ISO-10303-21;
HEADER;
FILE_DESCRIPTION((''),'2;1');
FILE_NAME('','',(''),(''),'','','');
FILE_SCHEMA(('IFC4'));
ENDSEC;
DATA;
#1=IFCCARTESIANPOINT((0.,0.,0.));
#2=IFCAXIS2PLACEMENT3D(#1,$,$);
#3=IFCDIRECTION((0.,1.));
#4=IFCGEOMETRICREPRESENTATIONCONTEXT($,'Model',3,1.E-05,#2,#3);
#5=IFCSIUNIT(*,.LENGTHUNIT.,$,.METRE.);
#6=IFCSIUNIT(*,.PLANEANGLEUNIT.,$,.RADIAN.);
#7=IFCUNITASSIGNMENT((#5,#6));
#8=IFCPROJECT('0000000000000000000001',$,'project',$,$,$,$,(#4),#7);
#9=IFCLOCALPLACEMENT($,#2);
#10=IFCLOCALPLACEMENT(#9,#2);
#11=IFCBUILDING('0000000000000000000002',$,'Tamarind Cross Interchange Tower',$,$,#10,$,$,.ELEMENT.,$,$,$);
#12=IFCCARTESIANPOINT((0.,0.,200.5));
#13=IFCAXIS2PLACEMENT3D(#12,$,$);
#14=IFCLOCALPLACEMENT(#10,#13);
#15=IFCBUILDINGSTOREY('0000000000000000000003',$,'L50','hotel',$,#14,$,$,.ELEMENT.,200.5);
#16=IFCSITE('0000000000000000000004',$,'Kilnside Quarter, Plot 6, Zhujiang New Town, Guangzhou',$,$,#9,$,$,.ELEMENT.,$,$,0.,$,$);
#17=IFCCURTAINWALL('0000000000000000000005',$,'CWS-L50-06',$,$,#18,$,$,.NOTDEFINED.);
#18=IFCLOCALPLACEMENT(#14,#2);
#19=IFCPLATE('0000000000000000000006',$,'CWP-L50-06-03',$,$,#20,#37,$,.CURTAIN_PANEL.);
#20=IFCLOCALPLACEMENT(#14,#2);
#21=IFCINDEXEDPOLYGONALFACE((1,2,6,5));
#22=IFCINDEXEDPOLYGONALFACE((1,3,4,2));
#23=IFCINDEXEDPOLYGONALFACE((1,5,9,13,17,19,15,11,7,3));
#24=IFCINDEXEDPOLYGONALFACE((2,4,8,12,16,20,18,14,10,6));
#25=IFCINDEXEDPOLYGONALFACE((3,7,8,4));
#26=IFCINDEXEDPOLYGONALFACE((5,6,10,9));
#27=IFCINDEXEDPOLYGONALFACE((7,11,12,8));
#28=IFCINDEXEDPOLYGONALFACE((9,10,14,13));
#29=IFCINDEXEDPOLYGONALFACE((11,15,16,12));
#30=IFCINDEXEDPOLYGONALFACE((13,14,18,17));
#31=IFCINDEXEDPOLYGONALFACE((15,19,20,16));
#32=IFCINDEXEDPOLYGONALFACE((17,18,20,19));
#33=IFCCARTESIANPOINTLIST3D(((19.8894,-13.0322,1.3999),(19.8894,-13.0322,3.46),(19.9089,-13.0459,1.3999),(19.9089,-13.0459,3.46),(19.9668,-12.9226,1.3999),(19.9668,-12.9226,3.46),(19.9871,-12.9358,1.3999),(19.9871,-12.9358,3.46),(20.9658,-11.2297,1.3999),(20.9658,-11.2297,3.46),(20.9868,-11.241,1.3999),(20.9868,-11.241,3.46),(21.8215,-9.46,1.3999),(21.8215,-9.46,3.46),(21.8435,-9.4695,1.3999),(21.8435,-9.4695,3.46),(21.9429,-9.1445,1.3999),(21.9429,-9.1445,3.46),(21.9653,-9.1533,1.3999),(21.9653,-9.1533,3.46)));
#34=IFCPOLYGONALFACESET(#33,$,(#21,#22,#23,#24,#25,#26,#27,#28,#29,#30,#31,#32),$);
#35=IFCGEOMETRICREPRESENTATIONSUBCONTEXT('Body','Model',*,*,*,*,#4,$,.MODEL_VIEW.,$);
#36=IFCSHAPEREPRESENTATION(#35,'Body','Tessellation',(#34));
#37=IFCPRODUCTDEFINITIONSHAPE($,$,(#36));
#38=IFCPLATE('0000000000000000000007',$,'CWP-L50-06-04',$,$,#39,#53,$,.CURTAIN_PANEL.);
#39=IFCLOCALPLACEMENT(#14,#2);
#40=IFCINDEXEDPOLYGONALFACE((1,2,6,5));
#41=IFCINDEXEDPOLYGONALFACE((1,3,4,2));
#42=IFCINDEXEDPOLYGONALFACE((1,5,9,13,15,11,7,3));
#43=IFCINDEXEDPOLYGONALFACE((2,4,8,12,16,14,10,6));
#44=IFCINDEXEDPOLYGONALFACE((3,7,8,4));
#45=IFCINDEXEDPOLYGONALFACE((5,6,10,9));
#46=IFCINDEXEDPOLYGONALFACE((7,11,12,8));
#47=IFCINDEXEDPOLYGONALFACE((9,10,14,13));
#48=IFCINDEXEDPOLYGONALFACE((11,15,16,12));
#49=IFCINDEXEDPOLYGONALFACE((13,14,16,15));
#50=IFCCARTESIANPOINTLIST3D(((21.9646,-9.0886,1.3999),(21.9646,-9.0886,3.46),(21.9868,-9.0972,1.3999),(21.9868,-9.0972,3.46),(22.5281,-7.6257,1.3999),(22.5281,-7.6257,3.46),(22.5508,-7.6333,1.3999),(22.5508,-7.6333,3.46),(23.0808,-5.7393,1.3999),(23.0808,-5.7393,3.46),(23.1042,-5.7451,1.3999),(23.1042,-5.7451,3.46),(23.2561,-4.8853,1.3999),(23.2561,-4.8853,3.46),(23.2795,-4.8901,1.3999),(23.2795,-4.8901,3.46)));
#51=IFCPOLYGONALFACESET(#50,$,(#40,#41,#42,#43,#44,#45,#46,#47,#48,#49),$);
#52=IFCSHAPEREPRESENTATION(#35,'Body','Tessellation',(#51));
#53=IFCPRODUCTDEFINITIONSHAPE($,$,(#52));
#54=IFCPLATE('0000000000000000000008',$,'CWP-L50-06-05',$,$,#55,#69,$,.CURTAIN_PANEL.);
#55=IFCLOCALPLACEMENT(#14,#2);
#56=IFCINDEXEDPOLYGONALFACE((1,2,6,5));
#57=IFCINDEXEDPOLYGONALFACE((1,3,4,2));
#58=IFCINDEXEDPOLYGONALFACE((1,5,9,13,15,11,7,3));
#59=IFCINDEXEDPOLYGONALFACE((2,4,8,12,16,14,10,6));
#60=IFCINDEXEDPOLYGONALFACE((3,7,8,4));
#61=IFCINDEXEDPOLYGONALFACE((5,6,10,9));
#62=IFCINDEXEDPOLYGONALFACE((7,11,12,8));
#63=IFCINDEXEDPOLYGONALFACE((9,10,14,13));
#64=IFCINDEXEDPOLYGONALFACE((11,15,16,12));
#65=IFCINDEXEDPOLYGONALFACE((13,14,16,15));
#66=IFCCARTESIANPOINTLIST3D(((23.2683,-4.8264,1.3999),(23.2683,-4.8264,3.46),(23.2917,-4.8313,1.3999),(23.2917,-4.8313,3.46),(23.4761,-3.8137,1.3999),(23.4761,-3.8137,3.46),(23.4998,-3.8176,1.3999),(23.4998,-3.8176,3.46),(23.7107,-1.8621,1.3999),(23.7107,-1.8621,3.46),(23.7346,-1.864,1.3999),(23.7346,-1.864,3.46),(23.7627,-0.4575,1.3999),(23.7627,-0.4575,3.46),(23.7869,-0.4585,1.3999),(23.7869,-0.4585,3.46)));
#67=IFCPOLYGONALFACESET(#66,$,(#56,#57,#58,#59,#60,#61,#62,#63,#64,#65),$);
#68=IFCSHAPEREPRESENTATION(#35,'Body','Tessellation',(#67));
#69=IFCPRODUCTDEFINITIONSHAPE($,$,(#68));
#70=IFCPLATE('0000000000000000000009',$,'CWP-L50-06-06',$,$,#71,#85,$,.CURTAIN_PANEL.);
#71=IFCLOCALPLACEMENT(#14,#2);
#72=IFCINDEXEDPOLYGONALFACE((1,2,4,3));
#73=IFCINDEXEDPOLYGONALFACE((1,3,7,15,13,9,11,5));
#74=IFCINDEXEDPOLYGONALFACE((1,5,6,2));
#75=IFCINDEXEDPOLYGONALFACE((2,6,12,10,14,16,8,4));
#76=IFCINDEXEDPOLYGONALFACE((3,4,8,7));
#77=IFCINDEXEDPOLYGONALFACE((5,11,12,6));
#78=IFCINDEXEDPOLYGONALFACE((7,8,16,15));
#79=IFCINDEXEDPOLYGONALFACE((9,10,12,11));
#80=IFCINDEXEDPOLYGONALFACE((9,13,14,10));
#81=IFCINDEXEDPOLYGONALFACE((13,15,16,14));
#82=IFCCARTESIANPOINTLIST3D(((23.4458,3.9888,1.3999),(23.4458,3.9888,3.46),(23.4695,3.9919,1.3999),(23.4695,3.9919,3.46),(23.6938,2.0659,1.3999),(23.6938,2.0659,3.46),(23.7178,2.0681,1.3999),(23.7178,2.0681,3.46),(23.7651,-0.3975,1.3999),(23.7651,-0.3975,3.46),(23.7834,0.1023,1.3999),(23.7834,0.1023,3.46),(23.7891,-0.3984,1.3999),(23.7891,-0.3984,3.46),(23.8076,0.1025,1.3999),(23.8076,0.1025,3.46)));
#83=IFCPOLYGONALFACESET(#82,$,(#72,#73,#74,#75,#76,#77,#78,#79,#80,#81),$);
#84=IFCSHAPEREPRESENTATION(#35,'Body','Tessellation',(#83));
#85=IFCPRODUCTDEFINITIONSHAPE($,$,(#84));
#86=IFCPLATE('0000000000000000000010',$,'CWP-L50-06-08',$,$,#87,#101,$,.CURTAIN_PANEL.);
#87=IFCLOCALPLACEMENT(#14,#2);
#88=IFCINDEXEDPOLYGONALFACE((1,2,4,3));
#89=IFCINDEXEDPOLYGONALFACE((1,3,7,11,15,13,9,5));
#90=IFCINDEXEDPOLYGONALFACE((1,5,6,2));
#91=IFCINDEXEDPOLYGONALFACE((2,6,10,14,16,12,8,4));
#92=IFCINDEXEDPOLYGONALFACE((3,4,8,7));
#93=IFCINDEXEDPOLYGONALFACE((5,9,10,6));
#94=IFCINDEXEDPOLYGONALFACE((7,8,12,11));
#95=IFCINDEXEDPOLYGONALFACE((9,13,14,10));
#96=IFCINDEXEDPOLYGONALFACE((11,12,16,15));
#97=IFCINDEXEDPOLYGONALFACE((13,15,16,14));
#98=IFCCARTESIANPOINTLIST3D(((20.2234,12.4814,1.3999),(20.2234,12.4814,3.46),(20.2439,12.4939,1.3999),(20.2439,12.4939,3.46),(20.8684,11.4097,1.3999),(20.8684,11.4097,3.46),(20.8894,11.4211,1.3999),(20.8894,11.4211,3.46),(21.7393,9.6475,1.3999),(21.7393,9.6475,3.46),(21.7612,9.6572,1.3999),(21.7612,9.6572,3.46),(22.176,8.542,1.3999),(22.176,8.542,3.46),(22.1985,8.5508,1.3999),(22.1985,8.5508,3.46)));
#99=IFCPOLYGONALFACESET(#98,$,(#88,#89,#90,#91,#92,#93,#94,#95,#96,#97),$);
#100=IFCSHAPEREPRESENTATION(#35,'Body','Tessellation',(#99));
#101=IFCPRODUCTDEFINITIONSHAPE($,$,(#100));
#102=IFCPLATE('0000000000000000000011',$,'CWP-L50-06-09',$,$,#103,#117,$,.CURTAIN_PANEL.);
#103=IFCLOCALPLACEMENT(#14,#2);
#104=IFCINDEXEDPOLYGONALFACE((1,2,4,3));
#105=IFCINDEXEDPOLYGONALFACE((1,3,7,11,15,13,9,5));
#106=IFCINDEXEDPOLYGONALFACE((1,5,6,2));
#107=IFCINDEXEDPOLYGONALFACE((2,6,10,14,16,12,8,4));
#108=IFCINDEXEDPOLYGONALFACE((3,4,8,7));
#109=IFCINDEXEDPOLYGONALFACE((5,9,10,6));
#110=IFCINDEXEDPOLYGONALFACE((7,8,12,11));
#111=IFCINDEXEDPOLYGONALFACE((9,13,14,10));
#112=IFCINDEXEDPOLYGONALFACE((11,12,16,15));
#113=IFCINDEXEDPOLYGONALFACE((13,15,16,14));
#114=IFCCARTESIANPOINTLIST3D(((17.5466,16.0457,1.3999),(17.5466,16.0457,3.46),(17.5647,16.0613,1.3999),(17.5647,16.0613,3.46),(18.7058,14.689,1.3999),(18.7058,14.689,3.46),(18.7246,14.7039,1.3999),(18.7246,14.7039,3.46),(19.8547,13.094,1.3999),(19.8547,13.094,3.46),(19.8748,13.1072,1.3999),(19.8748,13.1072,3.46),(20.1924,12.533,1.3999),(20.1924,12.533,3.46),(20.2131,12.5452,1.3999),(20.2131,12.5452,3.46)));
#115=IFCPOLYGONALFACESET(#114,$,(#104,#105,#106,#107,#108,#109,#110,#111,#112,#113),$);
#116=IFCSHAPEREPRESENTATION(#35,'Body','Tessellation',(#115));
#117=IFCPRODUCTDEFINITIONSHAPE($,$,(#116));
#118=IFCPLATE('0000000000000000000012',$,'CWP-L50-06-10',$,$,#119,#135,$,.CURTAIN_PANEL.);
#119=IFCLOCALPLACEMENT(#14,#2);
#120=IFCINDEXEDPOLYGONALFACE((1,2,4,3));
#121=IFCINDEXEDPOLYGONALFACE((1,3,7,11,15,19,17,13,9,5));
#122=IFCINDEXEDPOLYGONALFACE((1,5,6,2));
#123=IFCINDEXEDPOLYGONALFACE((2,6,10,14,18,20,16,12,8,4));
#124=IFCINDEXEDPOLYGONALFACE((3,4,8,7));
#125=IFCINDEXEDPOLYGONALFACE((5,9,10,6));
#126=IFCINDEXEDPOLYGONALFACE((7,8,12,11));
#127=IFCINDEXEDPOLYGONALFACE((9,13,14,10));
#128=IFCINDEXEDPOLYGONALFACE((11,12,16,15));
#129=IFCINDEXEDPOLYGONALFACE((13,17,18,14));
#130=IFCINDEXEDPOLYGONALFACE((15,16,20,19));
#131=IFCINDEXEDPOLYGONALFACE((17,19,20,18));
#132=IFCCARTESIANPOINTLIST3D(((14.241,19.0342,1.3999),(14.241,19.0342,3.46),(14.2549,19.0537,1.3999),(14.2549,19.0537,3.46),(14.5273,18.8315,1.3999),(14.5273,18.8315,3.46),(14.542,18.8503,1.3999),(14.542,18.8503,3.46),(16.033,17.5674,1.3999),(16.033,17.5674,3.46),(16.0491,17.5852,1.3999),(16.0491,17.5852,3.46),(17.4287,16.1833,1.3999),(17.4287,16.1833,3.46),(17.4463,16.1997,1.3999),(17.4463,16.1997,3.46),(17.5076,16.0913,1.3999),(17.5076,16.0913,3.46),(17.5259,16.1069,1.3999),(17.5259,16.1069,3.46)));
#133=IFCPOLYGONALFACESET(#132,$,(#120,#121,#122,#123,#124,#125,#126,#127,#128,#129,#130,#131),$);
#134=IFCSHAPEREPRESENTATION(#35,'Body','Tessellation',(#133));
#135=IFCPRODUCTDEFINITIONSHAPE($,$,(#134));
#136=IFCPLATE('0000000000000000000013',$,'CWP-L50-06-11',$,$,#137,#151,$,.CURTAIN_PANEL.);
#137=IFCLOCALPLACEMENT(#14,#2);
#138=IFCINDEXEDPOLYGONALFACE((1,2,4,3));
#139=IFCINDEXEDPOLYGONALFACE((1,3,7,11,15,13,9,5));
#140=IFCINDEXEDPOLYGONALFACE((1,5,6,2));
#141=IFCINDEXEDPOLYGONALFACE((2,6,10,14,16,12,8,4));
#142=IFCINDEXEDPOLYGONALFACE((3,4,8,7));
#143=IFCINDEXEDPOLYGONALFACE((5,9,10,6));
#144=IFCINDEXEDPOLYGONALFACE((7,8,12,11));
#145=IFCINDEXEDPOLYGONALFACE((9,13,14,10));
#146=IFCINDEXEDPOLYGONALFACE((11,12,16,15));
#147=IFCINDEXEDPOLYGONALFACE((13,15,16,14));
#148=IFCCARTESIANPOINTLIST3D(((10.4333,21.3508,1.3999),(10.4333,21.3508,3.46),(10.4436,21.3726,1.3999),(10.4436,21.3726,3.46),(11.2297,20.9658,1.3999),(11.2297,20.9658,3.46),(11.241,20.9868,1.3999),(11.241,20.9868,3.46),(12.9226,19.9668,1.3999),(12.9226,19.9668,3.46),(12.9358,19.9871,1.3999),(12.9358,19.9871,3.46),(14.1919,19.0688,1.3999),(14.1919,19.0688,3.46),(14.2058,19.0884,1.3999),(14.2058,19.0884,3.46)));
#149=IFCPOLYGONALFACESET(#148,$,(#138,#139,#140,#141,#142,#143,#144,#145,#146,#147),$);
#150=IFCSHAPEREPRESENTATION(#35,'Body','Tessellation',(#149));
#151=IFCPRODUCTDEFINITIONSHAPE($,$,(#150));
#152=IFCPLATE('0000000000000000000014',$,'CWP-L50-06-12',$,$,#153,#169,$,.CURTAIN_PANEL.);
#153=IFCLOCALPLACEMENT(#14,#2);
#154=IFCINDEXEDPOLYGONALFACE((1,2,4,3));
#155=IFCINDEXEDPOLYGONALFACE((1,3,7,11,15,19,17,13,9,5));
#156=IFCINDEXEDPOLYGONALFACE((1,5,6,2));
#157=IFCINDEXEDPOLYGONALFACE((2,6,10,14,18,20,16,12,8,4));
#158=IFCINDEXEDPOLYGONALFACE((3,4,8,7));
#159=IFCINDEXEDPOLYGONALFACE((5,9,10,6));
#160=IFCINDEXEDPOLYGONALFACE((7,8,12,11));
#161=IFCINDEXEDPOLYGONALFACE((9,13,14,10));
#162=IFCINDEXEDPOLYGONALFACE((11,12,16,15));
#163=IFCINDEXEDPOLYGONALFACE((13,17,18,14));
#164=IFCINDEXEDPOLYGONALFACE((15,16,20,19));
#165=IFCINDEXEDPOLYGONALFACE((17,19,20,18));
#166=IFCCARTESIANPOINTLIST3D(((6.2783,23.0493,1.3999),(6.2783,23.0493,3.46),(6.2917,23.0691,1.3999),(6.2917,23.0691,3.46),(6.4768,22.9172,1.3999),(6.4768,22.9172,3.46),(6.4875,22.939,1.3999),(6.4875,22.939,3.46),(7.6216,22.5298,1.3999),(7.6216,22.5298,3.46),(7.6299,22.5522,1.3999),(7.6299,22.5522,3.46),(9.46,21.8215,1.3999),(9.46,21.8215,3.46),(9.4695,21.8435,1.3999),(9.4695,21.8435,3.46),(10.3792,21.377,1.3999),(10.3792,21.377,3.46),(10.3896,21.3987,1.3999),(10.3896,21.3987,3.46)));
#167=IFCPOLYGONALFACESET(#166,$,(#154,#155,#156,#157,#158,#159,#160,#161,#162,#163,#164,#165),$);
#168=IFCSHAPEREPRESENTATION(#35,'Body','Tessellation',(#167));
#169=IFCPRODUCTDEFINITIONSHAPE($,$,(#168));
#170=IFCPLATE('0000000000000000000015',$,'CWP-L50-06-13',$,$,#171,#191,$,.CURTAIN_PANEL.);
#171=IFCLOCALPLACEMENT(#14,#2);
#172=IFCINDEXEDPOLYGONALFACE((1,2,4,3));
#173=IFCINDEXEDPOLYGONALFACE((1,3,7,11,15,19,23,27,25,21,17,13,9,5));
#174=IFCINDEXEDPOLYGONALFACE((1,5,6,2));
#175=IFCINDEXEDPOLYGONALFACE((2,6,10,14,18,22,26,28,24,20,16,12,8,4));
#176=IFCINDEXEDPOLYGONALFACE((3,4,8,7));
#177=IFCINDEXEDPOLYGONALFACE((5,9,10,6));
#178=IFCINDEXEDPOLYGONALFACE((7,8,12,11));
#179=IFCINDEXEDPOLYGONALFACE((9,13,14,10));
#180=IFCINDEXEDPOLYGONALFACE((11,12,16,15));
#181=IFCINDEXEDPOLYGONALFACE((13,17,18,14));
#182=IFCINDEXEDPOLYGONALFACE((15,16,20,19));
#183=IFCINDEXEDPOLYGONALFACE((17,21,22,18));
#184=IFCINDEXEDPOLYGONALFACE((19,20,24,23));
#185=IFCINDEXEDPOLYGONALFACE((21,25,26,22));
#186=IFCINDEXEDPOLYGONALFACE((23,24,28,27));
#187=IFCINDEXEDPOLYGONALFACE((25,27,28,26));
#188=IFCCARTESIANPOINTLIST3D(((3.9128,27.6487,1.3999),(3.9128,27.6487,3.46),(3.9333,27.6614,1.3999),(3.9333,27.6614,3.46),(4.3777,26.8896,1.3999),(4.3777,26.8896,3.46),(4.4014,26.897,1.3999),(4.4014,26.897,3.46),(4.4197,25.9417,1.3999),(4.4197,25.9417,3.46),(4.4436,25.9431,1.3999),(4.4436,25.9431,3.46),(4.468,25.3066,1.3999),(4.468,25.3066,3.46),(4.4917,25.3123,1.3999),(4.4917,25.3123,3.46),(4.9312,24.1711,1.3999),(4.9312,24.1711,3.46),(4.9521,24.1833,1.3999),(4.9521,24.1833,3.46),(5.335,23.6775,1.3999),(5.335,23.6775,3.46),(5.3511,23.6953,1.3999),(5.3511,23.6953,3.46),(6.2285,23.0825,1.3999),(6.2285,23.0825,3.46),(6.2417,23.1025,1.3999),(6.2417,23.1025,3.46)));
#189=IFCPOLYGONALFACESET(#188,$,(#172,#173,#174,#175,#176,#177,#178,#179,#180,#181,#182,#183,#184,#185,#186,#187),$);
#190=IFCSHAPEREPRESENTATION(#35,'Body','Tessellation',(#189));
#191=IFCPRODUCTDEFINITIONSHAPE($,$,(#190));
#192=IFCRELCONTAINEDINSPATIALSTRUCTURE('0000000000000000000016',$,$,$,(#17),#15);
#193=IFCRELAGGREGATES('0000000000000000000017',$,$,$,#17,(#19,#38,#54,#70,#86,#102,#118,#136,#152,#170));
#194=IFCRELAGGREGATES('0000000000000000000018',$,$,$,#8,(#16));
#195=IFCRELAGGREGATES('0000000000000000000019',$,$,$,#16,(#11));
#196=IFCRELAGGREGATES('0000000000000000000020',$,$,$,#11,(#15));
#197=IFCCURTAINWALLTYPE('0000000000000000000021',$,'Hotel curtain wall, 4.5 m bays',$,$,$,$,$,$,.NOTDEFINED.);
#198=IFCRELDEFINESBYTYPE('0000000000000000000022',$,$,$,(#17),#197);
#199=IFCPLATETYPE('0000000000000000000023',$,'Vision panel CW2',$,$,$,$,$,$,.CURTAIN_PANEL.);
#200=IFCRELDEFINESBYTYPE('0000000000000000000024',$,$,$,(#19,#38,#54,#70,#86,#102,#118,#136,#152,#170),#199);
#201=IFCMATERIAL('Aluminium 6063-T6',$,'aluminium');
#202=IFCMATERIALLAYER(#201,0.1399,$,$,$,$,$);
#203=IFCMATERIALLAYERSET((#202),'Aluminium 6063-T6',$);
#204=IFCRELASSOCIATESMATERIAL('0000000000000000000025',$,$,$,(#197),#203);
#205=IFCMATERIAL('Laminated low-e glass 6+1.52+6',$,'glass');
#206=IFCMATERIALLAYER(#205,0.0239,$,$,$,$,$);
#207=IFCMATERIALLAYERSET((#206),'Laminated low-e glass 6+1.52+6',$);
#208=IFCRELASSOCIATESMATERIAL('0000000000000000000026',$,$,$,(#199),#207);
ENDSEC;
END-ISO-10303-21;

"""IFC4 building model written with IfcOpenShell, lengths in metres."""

from ifc_helpers import new_model, si_unit, direction, frame, origin, place, context, subcontext, project, spatial, polyline, outline, extrude, material, layer, layer_set, type_object, element, aggregate, save


model = new_model("IFC4")

# Units and contexts
model_context = context("Model", 3, precision=1e-05, world=origin(), true_north=direction((0.0, 1.0)))
body_context = subcontext(model_context, "Body", "Model", "MODEL_VIEW")
ifc_project = project(units=[si_unit("LENGTHUNIT", "METRE"), si_unit("PLANEANGLEUNIT", "RADIAN")], contexts=[model_context])

# Site, building, storey
site_placement = place(None, origin())
site = spatial("IfcSite", under=ifc_project, at=site_placement, Name="Kilnside Quarter, Plot 6, Zhujiang New Town, Guangzhou", CompositionType="ELEMENT", RefElevation=0.0)
building_placement = place(site_placement, origin())
building = spatial("IfcBuilding", under=site, at=building_placement, Name="Tamarind Cross Interchange Tower", CompositionType="ELEMENT")
storey_placement = place(building_placement, frame((0.0, 0.0, 200.5)))
storey = spatial("IfcBuildingStorey", under=building, at=storey_placement, Name="L50", Description="hotel", CompositionType="ELEMENT", Elevation=200.5)

# Curtain wall, plates
ifc_material_1 = material(Name="Aluminium 6063-T6", Category="aluminium")
ifc_layer_1 = layer(ifc_material_1, 0.1399)
ifc_layer_set_1 = layer_set([ifc_layer_1], Name="Aluminium 6063-T6")
curtain_wall_type = type_object("IfcCurtainWallType", Name="Hotel curtain wall, 4.5 m bays", PredefinedType="NOTDEFINED", material=ifc_layer_set_1)
curtain_wall_1_placement = place(storey_placement, origin())
curtain_wall_1 = element("IfcCurtainWall", 1, at=curtain_wall_1_placement, inside=storey, type_object=curtain_wall_type, Name="CWS-L50-06", PredefinedType="NOTDEFINED")
ifc_material_2 = material(Name="Laminated low-e glass 6+1.52+6", Category="glass")
ifc_layer_2 = layer(ifc_material_2, 0.0239)
ifc_layer_set_2 = layer_set([ifc_layer_2], Name="Laminated low-e glass 6+1.52+6")
plate_type = type_object("IfcPlateType", Name="Vision panel CW2", PredefinedType="CURTAIN_PANEL", material=ifc_layer_set_2)
plate_1_placement = place(storey_placement, frame((0.0, 0.0, 1.3999)))
plate_1 = element("IfcPlate", 2, at=plate_1_placement, type_object=plate_type, Name="CWP-L50-06-03", PredefinedType="CURTAIN_PANEL", context=body_context, shape_type="SweptSolid", body=[
    extrude(outline(polyline([(19.8894, -13.0322), (19.9668, -12.9226), (20.9658, -11.2297), (21.8215, -9.46), (21.9429, -9.1445), (21.9653, -9.1533), (21.8435, -9.4695), (20.9868, -11.241), (19.9871, -12.9358), (19.9089, -13.0459), (19.8894, -13.0322)])), origin(), (0.0, 0.0, 1.0), 2.0601),
])
plate_2_placement = place(storey_placement, frame((0.0, 0.0, 1.3999)))
plate_2 = element("IfcPlate", 3, at=plate_2_placement, type_object=plate_type, Name="CWP-L50-06-04", PredefinedType="CURTAIN_PANEL", context=body_context, shape_type="SweptSolid", body=[
    extrude(outline(polyline([(21.9646, -9.0886), (22.5281, -7.6257), (23.0808, -5.7393), (23.2561, -4.8853), (23.2795, -4.8901), (23.1042, -5.7451), (22.5508, -7.6333), (21.9868, -9.0972), (21.9646, -9.0886)])), origin(), (0.0, 0.0, 1.0), 2.0601),
])
plate_3_placement = place(storey_placement, frame((0.0, 0.0, 1.3999)))
plate_3 = element("IfcPlate", 4, at=plate_3_placement, type_object=plate_type, Name="CWP-L50-06-05", PredefinedType="CURTAIN_PANEL", context=body_context, shape_type="SweptSolid", body=[
    extrude(outline(polyline([(23.2683, -4.8264), (23.4761, -3.8137), (23.7107, -1.8621), (23.7627, -0.4575), (23.7869, -0.4585), (23.7346, -1.864), (23.4998, -3.8176), (23.2917, -4.8313), (23.2683, -4.8264)])), origin(), (0.0, 0.0, 1.0), 2.0601),
])
plate_4_placement = place(storey_placement, frame((0.0, 0.0, 1.3999)))
plate_4 = element("IfcPlate", 5, at=plate_4_placement, type_object=plate_type, Name="CWP-L50-06-06", PredefinedType="CURTAIN_PANEL", context=body_context, shape_type="SweptSolid", body=[
    extrude(outline(polyline([(23.7651, -0.3975), (23.7834, 0.1023), (23.6938, 2.0659), (23.4458, 3.9888), (23.4695, 3.9919), (23.7178, 2.0681), (23.8076, 0.1025), (23.7891, -0.3984), (23.7651, -0.3975)])), origin(), (0.0, 0.0, 1.0), 2.0601),
])
plate_5_placement = place(storey_placement, frame((0.0, 0.0, 1.3999)))
plate_5 = element("IfcPlate", 6, at=plate_5_placement, type_object=plate_type, Name="CWP-L50-06-08", PredefinedType="CURTAIN_PANEL", context=body_context, shape_type="SweptSolid", body=[
    extrude(outline(polyline([(22.176, 8.542), (21.7393, 9.6475), (20.8684, 11.4097), (20.2234, 12.4814), (20.2439, 12.4939), (20.8894, 11.4211), (21.7612, 9.6572), (22.1985, 8.5508), (22.176, 8.542)])), origin(), (0.0, 0.0, 1.0), 2.0601),
])
plate_6_placement = place(storey_placement, frame((0.0, 0.0, 1.3999)))
plate_6 = element("IfcPlate", 7, at=plate_6_placement, type_object=plate_type, Name="CWP-L50-06-09", PredefinedType="CURTAIN_PANEL", context=body_context, shape_type="SweptSolid", body=[
    extrude(outline(polyline([(20.1924, 12.533), (19.8547, 13.094), (18.7058, 14.689), (17.5466, 16.0457), (17.5647, 16.0613), (18.7246, 14.7039), (19.8748, 13.1072), (20.2131, 12.5452), (20.1924, 12.533)])), origin(), (0.0, 0.0, 1.0), 2.0601),
])
plate_7_placement = place(storey_placement, frame((0.0, 0.0, 1.3999)))
plate_7 = element("IfcPlate", 8, at=plate_7_placement, type_object=plate_type, Name="CWP-L50-06-10", PredefinedType="CURTAIN_PANEL", context=body_context, shape_type="SweptSolid", body=[
    extrude(outline(polyline([(17.5076, 16.0913), (17.4287, 16.1833), (16.033, 17.5674), (14.5273, 18.8315), (14.241, 19.0342), (14.2549, 19.0537), (14.542, 18.8503), (16.0491, 17.5852), (17.4463, 16.1997), (17.5259, 16.1069), (17.5076, 16.0913)])), origin(), (0.0, 0.0, 1.0), 2.0601),
])
plate_8_placement = place(storey_placement, frame((0.0, 0.0, 1.3999)))
plate_8 = element("IfcPlate", 9, at=plate_8_placement, type_object=plate_type, Name="CWP-L50-06-11", PredefinedType="CURTAIN_PANEL", context=body_context, shape_type="SweptSolid", body=[
    extrude(outline(polyline([(14.1919, 19.0688), (12.9226, 19.9668), (11.2297, 20.9658), (10.4333, 21.3508), (10.4436, 21.3726), (11.241, 20.9868), (12.9358, 19.9871), (14.2058, 19.0884), (14.1919, 19.0688)])), origin(), (0.0, 0.0, 1.0), 2.0601),
])
plate_9_placement = place(storey_placement, frame((0.0, 0.0, 1.3999)))
plate_9 = element("IfcPlate", 10, at=plate_9_placement, type_object=plate_type, Name="CWP-L50-06-12", PredefinedType="CURTAIN_PANEL", context=body_context, shape_type="SweptSolid", body=[
    extrude(outline(polyline([(10.3792, 21.377), (9.46, 21.8215), (7.6216, 22.5298), (6.4768, 22.9172), (6.2783, 23.0493), (6.2917, 23.0691), (6.4875, 22.939), (7.6299, 22.5522), (9.4695, 21.8435), (10.3896, 21.3987), (10.3792, 21.377)])), origin(), (0.0, 0.0, 1.0), 2.0601),
])
plate_10_placement = place(storey_placement, frame((0.0, 0.0, 1.3999)))
plate_10 = element("IfcPlate", 11, at=plate_10_placement, type_object=plate_type, Name="CWP-L50-06-13", PredefinedType="CURTAIN_PANEL", context=body_context, shape_type="SweptSolid", body=[
    extrude(outline(polyline([(6.2285, 23.0825), (5.335, 23.6775), (4.9312, 24.1711), (4.468, 25.3066), (4.4197, 25.9417), (4.3777, 26.8896), (3.9128, 27.6487), (3.9333, 27.6614), (4.4014, 26.897), (4.4436, 25.9431), (4.4917, 25.3123), (4.9521, 24.1833), (5.3511, 23.6953), (6.2417, 23.1025), (6.2285, 23.0825)])), origin(), (0.0, 0.0, 1.0), 2.0601),
])
aggregate(curtain_wall_1, [plate_1, plate_2, plate_3, plate_4, plate_5, plate_6, plate_7, plate_8, plate_9, plate_10])

save(model, "model.ifc")
